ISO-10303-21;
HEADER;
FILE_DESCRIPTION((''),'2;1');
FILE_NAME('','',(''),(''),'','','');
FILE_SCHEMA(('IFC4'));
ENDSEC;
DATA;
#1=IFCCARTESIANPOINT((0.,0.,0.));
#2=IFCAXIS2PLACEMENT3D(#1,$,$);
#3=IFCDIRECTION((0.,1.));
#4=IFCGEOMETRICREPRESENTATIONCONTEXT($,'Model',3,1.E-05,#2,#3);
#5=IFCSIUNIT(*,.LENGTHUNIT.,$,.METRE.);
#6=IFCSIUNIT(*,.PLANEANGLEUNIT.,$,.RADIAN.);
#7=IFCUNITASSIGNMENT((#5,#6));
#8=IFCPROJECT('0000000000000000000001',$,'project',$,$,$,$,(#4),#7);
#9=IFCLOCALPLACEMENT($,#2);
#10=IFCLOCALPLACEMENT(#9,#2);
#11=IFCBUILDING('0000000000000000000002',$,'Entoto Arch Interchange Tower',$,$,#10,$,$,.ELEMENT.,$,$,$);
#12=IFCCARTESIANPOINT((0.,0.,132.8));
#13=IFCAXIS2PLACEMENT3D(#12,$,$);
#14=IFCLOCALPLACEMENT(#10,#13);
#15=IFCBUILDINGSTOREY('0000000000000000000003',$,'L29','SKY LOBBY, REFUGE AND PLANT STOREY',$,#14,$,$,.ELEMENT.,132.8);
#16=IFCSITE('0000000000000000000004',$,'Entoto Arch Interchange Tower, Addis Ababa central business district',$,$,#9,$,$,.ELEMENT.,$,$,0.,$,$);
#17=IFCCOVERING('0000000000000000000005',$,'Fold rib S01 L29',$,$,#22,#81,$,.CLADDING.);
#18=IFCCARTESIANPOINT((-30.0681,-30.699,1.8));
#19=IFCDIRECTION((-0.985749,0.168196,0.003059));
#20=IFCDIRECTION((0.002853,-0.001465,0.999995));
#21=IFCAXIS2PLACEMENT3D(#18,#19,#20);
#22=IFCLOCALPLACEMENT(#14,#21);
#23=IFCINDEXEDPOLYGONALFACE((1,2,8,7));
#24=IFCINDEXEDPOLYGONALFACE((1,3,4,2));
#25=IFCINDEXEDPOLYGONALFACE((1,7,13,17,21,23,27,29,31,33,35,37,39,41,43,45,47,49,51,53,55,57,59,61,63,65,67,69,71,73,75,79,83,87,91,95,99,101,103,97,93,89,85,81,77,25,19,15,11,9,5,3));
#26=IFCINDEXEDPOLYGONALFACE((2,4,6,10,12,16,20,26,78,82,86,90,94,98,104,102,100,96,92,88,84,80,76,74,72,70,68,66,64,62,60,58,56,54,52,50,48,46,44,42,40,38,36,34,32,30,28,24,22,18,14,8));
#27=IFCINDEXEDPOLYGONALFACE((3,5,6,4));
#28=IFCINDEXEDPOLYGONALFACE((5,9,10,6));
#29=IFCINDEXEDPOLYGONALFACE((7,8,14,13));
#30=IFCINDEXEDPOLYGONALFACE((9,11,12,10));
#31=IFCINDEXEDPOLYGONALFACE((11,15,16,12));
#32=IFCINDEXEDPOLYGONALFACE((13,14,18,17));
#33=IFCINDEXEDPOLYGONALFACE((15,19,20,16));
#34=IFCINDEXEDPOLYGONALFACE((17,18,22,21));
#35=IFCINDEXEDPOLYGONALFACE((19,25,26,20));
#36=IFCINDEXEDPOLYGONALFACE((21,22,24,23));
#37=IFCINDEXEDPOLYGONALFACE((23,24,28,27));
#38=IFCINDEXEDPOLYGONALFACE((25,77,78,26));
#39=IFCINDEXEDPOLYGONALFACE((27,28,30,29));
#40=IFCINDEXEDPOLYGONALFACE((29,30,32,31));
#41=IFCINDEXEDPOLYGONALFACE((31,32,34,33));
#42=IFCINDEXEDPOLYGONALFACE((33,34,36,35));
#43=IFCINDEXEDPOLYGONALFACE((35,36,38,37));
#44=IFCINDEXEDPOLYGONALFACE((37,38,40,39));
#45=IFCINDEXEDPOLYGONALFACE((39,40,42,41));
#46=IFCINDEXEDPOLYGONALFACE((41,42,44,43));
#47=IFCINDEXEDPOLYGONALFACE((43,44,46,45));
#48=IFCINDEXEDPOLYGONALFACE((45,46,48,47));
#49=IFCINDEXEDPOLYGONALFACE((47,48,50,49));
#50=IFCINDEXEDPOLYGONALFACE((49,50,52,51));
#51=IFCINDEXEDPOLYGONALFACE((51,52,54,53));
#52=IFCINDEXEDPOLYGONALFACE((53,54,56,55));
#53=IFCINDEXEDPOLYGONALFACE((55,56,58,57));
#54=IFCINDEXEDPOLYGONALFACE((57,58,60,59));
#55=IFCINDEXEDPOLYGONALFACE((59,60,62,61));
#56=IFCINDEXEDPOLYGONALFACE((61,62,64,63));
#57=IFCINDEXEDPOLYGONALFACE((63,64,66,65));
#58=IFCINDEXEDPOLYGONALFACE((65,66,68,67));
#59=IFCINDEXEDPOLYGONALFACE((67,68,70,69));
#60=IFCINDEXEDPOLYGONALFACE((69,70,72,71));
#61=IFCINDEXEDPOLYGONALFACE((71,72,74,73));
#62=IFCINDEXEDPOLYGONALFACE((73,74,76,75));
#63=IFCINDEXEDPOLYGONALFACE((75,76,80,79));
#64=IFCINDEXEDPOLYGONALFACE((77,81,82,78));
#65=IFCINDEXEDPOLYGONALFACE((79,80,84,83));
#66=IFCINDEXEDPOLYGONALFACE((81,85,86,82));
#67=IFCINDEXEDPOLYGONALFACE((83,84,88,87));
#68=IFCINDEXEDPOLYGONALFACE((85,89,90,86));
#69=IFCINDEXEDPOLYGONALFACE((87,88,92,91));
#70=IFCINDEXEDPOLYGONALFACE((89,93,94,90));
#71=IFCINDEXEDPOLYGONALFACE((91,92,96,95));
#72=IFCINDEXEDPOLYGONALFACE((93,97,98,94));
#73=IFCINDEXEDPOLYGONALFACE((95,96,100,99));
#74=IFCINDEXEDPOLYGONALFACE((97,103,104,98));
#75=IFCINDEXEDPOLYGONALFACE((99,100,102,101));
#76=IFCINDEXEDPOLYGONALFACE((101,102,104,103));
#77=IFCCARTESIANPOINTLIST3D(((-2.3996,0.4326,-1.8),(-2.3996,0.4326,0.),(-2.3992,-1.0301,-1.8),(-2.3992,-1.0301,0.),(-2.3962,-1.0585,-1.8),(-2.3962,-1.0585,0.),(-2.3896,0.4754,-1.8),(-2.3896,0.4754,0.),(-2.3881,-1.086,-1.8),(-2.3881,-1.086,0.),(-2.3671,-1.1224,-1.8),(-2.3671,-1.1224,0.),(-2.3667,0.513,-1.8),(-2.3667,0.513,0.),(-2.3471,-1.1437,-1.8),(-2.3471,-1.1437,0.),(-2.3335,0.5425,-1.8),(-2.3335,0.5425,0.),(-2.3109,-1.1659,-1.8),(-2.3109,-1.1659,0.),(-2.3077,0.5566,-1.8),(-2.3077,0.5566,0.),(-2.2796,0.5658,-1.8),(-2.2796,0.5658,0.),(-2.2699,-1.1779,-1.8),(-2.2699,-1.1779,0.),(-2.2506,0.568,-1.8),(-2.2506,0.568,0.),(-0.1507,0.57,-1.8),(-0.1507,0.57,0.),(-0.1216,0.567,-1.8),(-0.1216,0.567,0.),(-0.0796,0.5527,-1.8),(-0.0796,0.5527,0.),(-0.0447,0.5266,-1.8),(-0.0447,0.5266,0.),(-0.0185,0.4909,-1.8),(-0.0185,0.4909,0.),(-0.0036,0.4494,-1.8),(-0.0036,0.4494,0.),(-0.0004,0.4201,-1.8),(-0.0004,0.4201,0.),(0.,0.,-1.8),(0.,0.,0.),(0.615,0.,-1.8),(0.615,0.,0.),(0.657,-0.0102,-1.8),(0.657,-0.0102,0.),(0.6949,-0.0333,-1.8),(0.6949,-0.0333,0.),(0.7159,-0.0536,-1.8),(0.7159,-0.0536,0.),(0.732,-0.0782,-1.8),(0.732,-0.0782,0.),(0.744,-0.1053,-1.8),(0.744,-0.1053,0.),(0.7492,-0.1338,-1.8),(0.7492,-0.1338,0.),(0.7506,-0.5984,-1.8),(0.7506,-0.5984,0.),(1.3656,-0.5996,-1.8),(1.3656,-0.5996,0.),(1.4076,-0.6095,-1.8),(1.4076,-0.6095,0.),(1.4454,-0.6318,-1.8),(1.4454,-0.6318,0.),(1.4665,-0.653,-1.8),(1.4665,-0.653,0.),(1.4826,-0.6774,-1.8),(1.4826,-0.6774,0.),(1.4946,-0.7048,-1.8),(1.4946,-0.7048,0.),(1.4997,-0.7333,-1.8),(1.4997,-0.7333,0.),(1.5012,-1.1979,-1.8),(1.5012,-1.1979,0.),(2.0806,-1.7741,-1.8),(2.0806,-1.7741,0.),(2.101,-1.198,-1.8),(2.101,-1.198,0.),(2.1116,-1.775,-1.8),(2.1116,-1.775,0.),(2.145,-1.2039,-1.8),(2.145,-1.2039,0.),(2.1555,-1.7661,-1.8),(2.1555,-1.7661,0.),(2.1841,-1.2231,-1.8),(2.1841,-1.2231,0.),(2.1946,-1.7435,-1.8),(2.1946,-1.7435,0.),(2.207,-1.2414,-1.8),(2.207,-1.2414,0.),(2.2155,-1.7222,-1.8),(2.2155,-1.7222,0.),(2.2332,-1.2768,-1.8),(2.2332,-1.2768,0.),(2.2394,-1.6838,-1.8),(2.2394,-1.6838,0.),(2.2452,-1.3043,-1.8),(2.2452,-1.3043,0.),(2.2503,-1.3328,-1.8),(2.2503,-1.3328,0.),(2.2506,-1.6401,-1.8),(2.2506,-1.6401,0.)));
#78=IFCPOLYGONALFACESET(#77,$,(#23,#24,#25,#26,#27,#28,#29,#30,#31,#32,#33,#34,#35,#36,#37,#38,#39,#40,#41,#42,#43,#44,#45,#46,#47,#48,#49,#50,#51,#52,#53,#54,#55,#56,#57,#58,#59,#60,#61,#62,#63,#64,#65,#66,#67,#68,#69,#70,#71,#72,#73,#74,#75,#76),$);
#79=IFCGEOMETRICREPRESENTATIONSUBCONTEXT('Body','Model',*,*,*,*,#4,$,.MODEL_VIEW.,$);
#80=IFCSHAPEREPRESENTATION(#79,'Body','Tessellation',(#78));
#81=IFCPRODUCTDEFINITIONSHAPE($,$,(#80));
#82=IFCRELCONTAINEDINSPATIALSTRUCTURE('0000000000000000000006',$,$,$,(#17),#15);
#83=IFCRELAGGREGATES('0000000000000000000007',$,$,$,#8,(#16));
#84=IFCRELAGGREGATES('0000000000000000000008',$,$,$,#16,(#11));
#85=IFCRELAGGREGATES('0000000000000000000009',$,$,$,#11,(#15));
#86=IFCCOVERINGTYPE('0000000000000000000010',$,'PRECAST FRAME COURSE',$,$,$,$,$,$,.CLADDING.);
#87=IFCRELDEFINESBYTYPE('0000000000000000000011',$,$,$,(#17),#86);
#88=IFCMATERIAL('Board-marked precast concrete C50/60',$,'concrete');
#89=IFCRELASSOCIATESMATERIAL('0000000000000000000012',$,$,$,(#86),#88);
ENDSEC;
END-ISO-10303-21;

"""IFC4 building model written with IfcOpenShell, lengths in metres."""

from ifc_helpers import new_model, si_unit, direction, frame, origin, place, context, subcontext, project, spatial, polyline, outline, extrude, material, type_object, element, save


model = new_model("IFC4")

# Units and contexts
model_context = context("Model", 3, precision=1e-05, world=origin(), true_north=direction((0.0, 1.0)))
body_context = subcontext(model_context, "Body", "Model", "MODEL_VIEW")
ifc_project = project(units=[si_unit("LENGTHUNIT", "METRE"), si_unit("PLANEANGLEUNIT", "RADIAN")], contexts=[model_context])

# Site, building, storey
site_placement = place(None, origin())
site = spatial("IfcSite", under=ifc_project, at=site_placement, Name="Entoto Arch Interchange Tower, Addis Ababa central business district", CompositionType="ELEMENT", RefElevation=0.0)
building_placement = place(site_placement, origin())
building = spatial("IfcBuilding", under=site, at=building_placement, Name="Entoto Arch Interchange Tower", CompositionType="ELEMENT")
storey_placement = place(building_placement, frame((0.0, 0.0, 132.8)))
storey = spatial("IfcBuildingStorey", under=building, at=storey_placement, Name="L29", Description="SKY LOBBY, REFUGE AND PLANT STOREY", CompositionType="ELEMENT", Elevation=132.8)

# Shared definitions
ifc_material_1 = material(Name="Board-marked precast concrete C50/60", Category="concrete")

# Covering
covering_type = type_object("IfcCoveringType", Name="PRECAST FRAME COURSE", PredefinedType="CLADDING", material=ifc_material_1)
covering_placement = place(storey_placement, frame((-30.0681, -30.699, 1.8), z_axis=(-0.985749, 0.168196, 0.003059), x_axis=(0.002853, -0.001465, 0.999995)))
element("IfcCovering", 1, at=covering_placement, inside=storey, type_object=covering_type, Name="Fold rib S01 L29", PredefinedType="CLADDING", context=body_context, shape_type="SweptSolid", body=[
    extrude(outline(polyline([(0.0, 0.0), (0.615, 0.0), (0.657, -0.0102), (0.6949, -0.0333), (0.7159, -0.0536), (0.732, -0.0782), (0.744, -0.1053), (0.7492, -0.1338), (0.7506, -0.5984), (1.3656, -0.5996), (1.4076, -0.6095), (1.4454, -0.6318), (1.4665, -0.653), (1.4826, -0.6774), (1.4946, -0.7048), (1.4997, -0.7333), (1.5012, -1.1979), (2.101, -1.198), (2.145, -1.2039), (2.1841, -1.2231), (2.207, -1.2414), (2.2332, -1.2768), (2.2452, -1.3043), (2.2503, -1.3328), (2.2506, -1.6401), (2.2394, -1.6838), (2.2155, -1.7222), (2.1946, -1.7435), (2.1555, -1.7661), (2.1116, -1.775), (2.0806, -1.7741), (-2.2699, -1.1779), (-2.3109, -1.1659), (-2.3471, -1.1437), (-2.3671, -1.1224), (-2.3881, -1.086), (-2.3962, -1.0585), (-2.3992, -1.0301), (-2.3996, 0.4326), (-2.3896, 0.4754), (-2.3667, 0.513), (-2.3335, 0.5425), (-2.3077, 0.5566), (-2.2796, 0.5658), (-2.2506, 0.568), (-0.1507, 0.57), (-0.1216, 0.567), (-0.0796, 0.5527), (-0.0447, 0.5266), (-0.0185, 0.4909), (-0.0036, 0.4494), (-0.0004, 0.4201), (0.0, 0.0)])), origin(), (0.0, 0.0, -1.0), 1.8),
])

save(model, "model.ifc")
